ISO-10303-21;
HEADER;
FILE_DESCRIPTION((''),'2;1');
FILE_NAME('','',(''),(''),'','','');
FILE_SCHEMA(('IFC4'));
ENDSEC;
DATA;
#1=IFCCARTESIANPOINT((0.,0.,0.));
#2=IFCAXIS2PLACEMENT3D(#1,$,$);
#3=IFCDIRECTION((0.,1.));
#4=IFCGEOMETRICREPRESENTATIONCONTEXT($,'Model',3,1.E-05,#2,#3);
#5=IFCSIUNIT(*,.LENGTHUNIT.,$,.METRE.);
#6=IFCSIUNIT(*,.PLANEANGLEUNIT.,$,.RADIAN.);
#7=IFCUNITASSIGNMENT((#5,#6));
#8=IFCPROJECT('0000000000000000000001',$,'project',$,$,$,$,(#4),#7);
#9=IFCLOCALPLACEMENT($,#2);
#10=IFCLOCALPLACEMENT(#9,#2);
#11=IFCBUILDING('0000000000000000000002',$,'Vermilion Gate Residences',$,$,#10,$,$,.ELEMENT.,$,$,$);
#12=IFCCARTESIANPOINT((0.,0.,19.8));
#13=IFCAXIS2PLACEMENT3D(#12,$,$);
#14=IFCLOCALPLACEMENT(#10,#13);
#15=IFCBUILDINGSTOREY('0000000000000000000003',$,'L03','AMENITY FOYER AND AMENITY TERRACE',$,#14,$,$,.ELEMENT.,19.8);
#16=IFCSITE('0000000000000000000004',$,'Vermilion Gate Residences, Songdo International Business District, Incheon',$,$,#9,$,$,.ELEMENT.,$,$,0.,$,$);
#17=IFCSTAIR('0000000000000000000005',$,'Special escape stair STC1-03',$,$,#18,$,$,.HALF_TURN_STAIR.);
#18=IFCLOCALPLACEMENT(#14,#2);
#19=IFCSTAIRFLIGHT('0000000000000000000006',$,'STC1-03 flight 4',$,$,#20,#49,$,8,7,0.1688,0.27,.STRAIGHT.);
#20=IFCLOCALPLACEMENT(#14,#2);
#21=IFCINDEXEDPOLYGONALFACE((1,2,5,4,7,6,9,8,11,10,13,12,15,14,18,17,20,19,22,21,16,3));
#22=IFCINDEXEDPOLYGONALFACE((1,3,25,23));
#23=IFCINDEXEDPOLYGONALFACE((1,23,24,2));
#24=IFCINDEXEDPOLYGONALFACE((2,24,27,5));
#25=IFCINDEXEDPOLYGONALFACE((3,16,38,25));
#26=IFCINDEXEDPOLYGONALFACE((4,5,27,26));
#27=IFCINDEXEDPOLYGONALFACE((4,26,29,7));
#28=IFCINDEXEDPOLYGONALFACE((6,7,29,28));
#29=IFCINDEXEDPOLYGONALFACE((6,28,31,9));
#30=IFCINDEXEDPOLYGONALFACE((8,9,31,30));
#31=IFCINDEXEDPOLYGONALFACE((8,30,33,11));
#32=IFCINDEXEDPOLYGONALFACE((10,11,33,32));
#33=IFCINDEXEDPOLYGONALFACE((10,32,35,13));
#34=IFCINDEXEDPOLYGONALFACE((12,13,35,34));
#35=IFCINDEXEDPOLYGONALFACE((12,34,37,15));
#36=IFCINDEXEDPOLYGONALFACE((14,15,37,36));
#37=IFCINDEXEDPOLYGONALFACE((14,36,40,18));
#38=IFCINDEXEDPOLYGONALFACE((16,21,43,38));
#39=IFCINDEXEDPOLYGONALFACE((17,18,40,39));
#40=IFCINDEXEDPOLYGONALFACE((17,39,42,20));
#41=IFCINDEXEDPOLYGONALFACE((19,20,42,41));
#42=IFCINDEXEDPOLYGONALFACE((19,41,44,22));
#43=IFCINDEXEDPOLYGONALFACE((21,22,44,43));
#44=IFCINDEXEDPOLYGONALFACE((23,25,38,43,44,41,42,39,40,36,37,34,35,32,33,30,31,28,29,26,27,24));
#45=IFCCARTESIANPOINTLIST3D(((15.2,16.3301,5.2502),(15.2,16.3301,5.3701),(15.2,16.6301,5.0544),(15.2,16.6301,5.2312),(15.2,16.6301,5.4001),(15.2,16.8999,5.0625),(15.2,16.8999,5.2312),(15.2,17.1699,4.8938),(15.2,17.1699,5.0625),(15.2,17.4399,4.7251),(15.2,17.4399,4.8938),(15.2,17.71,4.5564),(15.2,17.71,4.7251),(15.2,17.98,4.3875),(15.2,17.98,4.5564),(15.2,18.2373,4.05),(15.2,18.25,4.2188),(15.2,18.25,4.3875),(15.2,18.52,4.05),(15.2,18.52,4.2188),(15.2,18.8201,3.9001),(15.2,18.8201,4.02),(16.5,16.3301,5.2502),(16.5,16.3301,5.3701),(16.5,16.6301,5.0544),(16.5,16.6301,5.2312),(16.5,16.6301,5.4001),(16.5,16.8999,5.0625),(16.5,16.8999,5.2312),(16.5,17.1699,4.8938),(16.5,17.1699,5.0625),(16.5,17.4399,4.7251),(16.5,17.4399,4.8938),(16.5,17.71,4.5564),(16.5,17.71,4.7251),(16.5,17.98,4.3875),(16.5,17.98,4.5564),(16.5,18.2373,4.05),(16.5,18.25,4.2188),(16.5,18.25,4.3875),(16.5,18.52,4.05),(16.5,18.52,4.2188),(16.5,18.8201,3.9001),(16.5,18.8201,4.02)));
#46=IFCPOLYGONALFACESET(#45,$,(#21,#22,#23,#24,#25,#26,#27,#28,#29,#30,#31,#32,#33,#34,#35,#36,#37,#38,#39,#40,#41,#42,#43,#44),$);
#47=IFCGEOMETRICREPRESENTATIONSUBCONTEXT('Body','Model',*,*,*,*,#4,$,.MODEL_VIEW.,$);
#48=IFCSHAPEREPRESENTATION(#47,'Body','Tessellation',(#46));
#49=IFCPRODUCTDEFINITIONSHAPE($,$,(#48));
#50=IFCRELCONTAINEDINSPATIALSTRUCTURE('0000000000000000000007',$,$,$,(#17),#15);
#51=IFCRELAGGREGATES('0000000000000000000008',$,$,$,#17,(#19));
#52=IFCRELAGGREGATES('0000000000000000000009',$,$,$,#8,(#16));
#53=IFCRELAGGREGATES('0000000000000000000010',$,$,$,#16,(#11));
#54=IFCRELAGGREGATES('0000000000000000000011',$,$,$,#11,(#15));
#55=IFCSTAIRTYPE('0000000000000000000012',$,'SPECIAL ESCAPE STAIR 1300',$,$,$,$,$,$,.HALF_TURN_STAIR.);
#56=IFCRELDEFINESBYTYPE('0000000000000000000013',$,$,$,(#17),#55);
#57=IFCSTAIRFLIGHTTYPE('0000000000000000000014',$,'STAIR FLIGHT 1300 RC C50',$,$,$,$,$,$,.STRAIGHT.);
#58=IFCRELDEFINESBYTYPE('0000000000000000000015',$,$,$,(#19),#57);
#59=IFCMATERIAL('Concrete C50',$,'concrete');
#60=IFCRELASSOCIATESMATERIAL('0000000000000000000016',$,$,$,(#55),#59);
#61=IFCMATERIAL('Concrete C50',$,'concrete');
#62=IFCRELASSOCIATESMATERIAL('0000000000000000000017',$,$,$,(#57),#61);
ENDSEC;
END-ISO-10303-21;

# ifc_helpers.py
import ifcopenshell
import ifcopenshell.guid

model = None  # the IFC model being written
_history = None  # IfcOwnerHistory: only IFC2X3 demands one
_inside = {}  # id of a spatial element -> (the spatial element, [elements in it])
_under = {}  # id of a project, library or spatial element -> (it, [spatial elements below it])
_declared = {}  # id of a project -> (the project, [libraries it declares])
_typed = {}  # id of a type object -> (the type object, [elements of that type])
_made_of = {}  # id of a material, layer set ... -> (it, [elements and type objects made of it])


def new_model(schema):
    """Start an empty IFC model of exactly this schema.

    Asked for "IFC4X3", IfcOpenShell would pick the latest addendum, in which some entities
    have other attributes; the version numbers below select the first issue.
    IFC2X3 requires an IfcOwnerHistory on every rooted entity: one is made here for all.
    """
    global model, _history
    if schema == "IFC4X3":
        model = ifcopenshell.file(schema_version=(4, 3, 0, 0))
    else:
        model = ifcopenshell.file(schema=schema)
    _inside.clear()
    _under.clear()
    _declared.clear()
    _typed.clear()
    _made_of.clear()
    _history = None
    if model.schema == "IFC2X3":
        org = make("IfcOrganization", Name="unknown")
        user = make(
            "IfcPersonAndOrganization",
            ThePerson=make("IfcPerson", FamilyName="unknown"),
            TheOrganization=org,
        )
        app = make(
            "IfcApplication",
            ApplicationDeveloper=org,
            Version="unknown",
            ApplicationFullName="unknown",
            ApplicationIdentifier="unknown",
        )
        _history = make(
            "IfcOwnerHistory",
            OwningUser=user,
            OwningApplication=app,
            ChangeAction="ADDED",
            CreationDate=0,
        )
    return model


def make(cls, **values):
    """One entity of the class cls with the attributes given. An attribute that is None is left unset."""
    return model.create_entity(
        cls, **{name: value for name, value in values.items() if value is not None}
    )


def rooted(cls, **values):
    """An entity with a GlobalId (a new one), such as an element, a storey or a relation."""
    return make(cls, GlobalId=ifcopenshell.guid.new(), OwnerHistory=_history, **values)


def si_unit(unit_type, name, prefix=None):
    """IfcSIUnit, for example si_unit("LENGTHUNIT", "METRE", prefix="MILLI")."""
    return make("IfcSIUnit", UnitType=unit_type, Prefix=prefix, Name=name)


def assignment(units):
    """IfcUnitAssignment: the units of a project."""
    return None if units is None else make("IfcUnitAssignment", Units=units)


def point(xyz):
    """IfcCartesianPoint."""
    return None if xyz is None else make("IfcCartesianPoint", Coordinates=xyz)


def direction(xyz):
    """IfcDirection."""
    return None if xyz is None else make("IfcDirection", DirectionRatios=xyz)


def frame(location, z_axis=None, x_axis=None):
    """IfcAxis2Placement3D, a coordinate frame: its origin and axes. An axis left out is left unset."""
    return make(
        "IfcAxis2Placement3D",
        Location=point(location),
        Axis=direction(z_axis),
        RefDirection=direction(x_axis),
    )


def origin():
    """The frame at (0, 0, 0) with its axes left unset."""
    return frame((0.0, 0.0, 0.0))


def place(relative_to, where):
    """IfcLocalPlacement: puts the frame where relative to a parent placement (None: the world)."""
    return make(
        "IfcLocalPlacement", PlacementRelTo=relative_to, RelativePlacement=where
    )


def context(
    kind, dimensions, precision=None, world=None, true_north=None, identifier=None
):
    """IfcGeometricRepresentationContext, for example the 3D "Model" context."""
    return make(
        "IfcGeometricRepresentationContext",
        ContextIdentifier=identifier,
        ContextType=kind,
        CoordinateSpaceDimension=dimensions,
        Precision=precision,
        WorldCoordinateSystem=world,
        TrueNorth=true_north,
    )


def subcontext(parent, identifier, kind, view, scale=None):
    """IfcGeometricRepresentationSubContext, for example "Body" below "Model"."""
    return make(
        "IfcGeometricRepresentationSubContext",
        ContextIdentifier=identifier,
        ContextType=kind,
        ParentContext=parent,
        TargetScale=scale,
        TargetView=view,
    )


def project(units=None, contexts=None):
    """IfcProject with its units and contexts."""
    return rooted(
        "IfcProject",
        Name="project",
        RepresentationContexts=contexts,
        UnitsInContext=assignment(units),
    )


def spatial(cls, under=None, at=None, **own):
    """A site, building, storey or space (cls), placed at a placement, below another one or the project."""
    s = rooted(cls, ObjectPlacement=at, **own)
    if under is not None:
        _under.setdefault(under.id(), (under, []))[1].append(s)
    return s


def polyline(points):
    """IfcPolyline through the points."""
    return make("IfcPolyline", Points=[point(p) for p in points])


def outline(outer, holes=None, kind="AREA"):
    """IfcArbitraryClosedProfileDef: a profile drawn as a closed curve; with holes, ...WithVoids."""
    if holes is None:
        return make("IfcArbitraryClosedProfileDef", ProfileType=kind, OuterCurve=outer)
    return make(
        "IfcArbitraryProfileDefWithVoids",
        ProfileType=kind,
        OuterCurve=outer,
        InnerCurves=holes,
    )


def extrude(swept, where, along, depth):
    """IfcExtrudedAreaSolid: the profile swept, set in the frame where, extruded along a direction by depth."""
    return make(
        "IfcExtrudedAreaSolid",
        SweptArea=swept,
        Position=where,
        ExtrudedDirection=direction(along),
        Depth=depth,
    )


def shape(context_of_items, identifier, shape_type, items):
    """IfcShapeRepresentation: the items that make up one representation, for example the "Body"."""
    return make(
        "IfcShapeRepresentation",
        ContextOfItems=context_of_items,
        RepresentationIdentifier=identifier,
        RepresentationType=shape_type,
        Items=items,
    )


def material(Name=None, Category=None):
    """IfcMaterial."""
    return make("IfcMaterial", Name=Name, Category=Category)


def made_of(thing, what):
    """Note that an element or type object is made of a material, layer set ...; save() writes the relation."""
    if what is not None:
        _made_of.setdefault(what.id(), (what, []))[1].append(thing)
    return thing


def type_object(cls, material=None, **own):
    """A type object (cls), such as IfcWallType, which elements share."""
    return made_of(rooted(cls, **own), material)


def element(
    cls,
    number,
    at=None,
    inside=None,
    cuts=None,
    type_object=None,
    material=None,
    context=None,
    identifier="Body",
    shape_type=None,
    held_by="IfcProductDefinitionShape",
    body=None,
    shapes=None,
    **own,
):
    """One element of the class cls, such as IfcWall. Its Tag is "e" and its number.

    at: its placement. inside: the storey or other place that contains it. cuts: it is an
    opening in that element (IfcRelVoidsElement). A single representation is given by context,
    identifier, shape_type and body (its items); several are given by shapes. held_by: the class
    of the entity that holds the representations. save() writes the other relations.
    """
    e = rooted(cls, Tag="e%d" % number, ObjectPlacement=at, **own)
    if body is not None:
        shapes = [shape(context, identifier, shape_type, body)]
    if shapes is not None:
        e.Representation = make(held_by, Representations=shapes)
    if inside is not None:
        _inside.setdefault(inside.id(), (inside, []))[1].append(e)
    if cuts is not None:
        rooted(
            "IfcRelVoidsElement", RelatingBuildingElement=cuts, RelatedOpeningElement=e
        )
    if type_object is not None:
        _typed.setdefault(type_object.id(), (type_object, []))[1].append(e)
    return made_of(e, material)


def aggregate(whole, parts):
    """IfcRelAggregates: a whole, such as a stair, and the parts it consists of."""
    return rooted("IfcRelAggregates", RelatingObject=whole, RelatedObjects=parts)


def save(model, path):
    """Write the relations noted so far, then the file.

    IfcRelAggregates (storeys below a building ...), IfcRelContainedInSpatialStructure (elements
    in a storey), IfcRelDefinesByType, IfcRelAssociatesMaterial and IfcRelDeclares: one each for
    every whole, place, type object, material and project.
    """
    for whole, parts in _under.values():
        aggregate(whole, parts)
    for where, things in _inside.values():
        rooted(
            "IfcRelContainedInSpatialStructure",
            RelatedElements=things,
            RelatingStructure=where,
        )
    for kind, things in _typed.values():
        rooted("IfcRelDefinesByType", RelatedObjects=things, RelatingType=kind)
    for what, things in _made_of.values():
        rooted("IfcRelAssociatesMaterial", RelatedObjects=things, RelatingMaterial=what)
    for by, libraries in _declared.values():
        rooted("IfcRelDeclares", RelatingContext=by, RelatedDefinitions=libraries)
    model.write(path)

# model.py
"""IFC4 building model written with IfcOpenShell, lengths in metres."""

from ifc_helpers import new_model, si_unit, direction, frame, origin, place, context, subcontext, project, spatial, polyline, outline, extrude, material, type_object, element, aggregate, save


model = new_model("IFC4")

# Units and contexts
model_context = context("Model", 3, precision=1e-05, world=origin(), true_north=direction((0.0, 1.0)))
body_context = subcontext(model_context, "Body", "Model", "MODEL_VIEW")
ifc_project = project(units=[si_unit("LENGTHUNIT", "METRE"), si_unit("PLANEANGLEUNIT", "RADIAN")], contexts=[model_context])

# Site, building, storey
site_placement = place(None, origin())
site = spatial("IfcSite", under=ifc_project, at=site_placement, Name="Vermilion Gate Residences, Songdo International Business District, Incheon", CompositionType="ELEMENT", RefElevation=0.0)
building_placement = place(site_placement, origin())
building = spatial("IfcBuilding", under=site, at=building_placement, Name="Vermilion Gate Residences", CompositionType="ELEMENT")
storey_placement = place(building_placement, frame((0.0, 0.0, 19.8)))
storey = spatial("IfcBuildingStorey", under=building, at=storey_placement, Name="L03", Description="AMENITY FOYER AND AMENITY TERRACE", CompositionType="ELEMENT", Elevation=19.8)

# Stair, stair flight
ifc_material_1 = material(Name="Concrete C50", Category="concrete")
stair_type = type_object("IfcStairType", Name="SPECIAL ESCAPE STAIR 1300", PredefinedType="HALF_TURN_STAIR", material=ifc_material_1)
stair_placement = place(storey_placement, origin())
stair = element("IfcStair", 1, at=stair_placement, inside=storey, type_object=stair_type, Name="Special escape stair STC1-03", PredefinedType="HALF_TURN_STAIR")
ifc_material_2 = material(Name="Concrete C50", Category="concrete")
stair_flight_type = type_object("IfcStairFlightType", Name="STAIR FLIGHT 1300 RC C50", PredefinedType="STRAIGHT", material=ifc_material_2)
stair_flight_1_placement = place(storey_placement, frame((15.8501, 18.52, 4.05), z_axis=(0.0, 0.0, 1.0), x_axis=(0.0, -1.0, 0.0)))
stair_flight_1 = element("IfcStairFlight", 2, at=stair_flight_1_placement, type_object=stair_flight_type, Name="STC1-03 flight 4", NumberOfRisers=8, NumberOfTreads=7, PredefinedType="STRAIGHT", RiserHeight=0.1688, TreadLength=0.27, context=body_context, shape_type="SweptSolid", body=[
    extrude(outline(polyline([(-0.3, -0.1499), (-0.3, -0.03), (0.0, 0.0), (0.0, 0.1687), (0.27, 0.1687), (0.27, 0.3374), (0.54, 0.3374), (0.54, 0.5063), (0.8101, 0.5063), (0.8101, 0.675), (1.0801, 0.675), (1.0801, 0.8438), (1.3501, 0.8438), (1.3501, 1.0125), (1.6201, 1.0125), (1.6201, 1.1812), (1.8899, 1.1812), (1.8899, 1.3501), (2.1899, 1.3201), (2.1899, 1.2002), (1.8899, 1.0044), (0.2827, 0.0), (-0.3, -0.1499)])), frame((0.0, 0.6499, 0.0), z_axis=(0.0, -1.0, 0.0), x_axis=(1.0, 0.0, 0.0)), (0.0, 0.0, 1.0), 1.3),
])
aggregate(stair, [stair_flight_1])

save(model, "model.ifc")
